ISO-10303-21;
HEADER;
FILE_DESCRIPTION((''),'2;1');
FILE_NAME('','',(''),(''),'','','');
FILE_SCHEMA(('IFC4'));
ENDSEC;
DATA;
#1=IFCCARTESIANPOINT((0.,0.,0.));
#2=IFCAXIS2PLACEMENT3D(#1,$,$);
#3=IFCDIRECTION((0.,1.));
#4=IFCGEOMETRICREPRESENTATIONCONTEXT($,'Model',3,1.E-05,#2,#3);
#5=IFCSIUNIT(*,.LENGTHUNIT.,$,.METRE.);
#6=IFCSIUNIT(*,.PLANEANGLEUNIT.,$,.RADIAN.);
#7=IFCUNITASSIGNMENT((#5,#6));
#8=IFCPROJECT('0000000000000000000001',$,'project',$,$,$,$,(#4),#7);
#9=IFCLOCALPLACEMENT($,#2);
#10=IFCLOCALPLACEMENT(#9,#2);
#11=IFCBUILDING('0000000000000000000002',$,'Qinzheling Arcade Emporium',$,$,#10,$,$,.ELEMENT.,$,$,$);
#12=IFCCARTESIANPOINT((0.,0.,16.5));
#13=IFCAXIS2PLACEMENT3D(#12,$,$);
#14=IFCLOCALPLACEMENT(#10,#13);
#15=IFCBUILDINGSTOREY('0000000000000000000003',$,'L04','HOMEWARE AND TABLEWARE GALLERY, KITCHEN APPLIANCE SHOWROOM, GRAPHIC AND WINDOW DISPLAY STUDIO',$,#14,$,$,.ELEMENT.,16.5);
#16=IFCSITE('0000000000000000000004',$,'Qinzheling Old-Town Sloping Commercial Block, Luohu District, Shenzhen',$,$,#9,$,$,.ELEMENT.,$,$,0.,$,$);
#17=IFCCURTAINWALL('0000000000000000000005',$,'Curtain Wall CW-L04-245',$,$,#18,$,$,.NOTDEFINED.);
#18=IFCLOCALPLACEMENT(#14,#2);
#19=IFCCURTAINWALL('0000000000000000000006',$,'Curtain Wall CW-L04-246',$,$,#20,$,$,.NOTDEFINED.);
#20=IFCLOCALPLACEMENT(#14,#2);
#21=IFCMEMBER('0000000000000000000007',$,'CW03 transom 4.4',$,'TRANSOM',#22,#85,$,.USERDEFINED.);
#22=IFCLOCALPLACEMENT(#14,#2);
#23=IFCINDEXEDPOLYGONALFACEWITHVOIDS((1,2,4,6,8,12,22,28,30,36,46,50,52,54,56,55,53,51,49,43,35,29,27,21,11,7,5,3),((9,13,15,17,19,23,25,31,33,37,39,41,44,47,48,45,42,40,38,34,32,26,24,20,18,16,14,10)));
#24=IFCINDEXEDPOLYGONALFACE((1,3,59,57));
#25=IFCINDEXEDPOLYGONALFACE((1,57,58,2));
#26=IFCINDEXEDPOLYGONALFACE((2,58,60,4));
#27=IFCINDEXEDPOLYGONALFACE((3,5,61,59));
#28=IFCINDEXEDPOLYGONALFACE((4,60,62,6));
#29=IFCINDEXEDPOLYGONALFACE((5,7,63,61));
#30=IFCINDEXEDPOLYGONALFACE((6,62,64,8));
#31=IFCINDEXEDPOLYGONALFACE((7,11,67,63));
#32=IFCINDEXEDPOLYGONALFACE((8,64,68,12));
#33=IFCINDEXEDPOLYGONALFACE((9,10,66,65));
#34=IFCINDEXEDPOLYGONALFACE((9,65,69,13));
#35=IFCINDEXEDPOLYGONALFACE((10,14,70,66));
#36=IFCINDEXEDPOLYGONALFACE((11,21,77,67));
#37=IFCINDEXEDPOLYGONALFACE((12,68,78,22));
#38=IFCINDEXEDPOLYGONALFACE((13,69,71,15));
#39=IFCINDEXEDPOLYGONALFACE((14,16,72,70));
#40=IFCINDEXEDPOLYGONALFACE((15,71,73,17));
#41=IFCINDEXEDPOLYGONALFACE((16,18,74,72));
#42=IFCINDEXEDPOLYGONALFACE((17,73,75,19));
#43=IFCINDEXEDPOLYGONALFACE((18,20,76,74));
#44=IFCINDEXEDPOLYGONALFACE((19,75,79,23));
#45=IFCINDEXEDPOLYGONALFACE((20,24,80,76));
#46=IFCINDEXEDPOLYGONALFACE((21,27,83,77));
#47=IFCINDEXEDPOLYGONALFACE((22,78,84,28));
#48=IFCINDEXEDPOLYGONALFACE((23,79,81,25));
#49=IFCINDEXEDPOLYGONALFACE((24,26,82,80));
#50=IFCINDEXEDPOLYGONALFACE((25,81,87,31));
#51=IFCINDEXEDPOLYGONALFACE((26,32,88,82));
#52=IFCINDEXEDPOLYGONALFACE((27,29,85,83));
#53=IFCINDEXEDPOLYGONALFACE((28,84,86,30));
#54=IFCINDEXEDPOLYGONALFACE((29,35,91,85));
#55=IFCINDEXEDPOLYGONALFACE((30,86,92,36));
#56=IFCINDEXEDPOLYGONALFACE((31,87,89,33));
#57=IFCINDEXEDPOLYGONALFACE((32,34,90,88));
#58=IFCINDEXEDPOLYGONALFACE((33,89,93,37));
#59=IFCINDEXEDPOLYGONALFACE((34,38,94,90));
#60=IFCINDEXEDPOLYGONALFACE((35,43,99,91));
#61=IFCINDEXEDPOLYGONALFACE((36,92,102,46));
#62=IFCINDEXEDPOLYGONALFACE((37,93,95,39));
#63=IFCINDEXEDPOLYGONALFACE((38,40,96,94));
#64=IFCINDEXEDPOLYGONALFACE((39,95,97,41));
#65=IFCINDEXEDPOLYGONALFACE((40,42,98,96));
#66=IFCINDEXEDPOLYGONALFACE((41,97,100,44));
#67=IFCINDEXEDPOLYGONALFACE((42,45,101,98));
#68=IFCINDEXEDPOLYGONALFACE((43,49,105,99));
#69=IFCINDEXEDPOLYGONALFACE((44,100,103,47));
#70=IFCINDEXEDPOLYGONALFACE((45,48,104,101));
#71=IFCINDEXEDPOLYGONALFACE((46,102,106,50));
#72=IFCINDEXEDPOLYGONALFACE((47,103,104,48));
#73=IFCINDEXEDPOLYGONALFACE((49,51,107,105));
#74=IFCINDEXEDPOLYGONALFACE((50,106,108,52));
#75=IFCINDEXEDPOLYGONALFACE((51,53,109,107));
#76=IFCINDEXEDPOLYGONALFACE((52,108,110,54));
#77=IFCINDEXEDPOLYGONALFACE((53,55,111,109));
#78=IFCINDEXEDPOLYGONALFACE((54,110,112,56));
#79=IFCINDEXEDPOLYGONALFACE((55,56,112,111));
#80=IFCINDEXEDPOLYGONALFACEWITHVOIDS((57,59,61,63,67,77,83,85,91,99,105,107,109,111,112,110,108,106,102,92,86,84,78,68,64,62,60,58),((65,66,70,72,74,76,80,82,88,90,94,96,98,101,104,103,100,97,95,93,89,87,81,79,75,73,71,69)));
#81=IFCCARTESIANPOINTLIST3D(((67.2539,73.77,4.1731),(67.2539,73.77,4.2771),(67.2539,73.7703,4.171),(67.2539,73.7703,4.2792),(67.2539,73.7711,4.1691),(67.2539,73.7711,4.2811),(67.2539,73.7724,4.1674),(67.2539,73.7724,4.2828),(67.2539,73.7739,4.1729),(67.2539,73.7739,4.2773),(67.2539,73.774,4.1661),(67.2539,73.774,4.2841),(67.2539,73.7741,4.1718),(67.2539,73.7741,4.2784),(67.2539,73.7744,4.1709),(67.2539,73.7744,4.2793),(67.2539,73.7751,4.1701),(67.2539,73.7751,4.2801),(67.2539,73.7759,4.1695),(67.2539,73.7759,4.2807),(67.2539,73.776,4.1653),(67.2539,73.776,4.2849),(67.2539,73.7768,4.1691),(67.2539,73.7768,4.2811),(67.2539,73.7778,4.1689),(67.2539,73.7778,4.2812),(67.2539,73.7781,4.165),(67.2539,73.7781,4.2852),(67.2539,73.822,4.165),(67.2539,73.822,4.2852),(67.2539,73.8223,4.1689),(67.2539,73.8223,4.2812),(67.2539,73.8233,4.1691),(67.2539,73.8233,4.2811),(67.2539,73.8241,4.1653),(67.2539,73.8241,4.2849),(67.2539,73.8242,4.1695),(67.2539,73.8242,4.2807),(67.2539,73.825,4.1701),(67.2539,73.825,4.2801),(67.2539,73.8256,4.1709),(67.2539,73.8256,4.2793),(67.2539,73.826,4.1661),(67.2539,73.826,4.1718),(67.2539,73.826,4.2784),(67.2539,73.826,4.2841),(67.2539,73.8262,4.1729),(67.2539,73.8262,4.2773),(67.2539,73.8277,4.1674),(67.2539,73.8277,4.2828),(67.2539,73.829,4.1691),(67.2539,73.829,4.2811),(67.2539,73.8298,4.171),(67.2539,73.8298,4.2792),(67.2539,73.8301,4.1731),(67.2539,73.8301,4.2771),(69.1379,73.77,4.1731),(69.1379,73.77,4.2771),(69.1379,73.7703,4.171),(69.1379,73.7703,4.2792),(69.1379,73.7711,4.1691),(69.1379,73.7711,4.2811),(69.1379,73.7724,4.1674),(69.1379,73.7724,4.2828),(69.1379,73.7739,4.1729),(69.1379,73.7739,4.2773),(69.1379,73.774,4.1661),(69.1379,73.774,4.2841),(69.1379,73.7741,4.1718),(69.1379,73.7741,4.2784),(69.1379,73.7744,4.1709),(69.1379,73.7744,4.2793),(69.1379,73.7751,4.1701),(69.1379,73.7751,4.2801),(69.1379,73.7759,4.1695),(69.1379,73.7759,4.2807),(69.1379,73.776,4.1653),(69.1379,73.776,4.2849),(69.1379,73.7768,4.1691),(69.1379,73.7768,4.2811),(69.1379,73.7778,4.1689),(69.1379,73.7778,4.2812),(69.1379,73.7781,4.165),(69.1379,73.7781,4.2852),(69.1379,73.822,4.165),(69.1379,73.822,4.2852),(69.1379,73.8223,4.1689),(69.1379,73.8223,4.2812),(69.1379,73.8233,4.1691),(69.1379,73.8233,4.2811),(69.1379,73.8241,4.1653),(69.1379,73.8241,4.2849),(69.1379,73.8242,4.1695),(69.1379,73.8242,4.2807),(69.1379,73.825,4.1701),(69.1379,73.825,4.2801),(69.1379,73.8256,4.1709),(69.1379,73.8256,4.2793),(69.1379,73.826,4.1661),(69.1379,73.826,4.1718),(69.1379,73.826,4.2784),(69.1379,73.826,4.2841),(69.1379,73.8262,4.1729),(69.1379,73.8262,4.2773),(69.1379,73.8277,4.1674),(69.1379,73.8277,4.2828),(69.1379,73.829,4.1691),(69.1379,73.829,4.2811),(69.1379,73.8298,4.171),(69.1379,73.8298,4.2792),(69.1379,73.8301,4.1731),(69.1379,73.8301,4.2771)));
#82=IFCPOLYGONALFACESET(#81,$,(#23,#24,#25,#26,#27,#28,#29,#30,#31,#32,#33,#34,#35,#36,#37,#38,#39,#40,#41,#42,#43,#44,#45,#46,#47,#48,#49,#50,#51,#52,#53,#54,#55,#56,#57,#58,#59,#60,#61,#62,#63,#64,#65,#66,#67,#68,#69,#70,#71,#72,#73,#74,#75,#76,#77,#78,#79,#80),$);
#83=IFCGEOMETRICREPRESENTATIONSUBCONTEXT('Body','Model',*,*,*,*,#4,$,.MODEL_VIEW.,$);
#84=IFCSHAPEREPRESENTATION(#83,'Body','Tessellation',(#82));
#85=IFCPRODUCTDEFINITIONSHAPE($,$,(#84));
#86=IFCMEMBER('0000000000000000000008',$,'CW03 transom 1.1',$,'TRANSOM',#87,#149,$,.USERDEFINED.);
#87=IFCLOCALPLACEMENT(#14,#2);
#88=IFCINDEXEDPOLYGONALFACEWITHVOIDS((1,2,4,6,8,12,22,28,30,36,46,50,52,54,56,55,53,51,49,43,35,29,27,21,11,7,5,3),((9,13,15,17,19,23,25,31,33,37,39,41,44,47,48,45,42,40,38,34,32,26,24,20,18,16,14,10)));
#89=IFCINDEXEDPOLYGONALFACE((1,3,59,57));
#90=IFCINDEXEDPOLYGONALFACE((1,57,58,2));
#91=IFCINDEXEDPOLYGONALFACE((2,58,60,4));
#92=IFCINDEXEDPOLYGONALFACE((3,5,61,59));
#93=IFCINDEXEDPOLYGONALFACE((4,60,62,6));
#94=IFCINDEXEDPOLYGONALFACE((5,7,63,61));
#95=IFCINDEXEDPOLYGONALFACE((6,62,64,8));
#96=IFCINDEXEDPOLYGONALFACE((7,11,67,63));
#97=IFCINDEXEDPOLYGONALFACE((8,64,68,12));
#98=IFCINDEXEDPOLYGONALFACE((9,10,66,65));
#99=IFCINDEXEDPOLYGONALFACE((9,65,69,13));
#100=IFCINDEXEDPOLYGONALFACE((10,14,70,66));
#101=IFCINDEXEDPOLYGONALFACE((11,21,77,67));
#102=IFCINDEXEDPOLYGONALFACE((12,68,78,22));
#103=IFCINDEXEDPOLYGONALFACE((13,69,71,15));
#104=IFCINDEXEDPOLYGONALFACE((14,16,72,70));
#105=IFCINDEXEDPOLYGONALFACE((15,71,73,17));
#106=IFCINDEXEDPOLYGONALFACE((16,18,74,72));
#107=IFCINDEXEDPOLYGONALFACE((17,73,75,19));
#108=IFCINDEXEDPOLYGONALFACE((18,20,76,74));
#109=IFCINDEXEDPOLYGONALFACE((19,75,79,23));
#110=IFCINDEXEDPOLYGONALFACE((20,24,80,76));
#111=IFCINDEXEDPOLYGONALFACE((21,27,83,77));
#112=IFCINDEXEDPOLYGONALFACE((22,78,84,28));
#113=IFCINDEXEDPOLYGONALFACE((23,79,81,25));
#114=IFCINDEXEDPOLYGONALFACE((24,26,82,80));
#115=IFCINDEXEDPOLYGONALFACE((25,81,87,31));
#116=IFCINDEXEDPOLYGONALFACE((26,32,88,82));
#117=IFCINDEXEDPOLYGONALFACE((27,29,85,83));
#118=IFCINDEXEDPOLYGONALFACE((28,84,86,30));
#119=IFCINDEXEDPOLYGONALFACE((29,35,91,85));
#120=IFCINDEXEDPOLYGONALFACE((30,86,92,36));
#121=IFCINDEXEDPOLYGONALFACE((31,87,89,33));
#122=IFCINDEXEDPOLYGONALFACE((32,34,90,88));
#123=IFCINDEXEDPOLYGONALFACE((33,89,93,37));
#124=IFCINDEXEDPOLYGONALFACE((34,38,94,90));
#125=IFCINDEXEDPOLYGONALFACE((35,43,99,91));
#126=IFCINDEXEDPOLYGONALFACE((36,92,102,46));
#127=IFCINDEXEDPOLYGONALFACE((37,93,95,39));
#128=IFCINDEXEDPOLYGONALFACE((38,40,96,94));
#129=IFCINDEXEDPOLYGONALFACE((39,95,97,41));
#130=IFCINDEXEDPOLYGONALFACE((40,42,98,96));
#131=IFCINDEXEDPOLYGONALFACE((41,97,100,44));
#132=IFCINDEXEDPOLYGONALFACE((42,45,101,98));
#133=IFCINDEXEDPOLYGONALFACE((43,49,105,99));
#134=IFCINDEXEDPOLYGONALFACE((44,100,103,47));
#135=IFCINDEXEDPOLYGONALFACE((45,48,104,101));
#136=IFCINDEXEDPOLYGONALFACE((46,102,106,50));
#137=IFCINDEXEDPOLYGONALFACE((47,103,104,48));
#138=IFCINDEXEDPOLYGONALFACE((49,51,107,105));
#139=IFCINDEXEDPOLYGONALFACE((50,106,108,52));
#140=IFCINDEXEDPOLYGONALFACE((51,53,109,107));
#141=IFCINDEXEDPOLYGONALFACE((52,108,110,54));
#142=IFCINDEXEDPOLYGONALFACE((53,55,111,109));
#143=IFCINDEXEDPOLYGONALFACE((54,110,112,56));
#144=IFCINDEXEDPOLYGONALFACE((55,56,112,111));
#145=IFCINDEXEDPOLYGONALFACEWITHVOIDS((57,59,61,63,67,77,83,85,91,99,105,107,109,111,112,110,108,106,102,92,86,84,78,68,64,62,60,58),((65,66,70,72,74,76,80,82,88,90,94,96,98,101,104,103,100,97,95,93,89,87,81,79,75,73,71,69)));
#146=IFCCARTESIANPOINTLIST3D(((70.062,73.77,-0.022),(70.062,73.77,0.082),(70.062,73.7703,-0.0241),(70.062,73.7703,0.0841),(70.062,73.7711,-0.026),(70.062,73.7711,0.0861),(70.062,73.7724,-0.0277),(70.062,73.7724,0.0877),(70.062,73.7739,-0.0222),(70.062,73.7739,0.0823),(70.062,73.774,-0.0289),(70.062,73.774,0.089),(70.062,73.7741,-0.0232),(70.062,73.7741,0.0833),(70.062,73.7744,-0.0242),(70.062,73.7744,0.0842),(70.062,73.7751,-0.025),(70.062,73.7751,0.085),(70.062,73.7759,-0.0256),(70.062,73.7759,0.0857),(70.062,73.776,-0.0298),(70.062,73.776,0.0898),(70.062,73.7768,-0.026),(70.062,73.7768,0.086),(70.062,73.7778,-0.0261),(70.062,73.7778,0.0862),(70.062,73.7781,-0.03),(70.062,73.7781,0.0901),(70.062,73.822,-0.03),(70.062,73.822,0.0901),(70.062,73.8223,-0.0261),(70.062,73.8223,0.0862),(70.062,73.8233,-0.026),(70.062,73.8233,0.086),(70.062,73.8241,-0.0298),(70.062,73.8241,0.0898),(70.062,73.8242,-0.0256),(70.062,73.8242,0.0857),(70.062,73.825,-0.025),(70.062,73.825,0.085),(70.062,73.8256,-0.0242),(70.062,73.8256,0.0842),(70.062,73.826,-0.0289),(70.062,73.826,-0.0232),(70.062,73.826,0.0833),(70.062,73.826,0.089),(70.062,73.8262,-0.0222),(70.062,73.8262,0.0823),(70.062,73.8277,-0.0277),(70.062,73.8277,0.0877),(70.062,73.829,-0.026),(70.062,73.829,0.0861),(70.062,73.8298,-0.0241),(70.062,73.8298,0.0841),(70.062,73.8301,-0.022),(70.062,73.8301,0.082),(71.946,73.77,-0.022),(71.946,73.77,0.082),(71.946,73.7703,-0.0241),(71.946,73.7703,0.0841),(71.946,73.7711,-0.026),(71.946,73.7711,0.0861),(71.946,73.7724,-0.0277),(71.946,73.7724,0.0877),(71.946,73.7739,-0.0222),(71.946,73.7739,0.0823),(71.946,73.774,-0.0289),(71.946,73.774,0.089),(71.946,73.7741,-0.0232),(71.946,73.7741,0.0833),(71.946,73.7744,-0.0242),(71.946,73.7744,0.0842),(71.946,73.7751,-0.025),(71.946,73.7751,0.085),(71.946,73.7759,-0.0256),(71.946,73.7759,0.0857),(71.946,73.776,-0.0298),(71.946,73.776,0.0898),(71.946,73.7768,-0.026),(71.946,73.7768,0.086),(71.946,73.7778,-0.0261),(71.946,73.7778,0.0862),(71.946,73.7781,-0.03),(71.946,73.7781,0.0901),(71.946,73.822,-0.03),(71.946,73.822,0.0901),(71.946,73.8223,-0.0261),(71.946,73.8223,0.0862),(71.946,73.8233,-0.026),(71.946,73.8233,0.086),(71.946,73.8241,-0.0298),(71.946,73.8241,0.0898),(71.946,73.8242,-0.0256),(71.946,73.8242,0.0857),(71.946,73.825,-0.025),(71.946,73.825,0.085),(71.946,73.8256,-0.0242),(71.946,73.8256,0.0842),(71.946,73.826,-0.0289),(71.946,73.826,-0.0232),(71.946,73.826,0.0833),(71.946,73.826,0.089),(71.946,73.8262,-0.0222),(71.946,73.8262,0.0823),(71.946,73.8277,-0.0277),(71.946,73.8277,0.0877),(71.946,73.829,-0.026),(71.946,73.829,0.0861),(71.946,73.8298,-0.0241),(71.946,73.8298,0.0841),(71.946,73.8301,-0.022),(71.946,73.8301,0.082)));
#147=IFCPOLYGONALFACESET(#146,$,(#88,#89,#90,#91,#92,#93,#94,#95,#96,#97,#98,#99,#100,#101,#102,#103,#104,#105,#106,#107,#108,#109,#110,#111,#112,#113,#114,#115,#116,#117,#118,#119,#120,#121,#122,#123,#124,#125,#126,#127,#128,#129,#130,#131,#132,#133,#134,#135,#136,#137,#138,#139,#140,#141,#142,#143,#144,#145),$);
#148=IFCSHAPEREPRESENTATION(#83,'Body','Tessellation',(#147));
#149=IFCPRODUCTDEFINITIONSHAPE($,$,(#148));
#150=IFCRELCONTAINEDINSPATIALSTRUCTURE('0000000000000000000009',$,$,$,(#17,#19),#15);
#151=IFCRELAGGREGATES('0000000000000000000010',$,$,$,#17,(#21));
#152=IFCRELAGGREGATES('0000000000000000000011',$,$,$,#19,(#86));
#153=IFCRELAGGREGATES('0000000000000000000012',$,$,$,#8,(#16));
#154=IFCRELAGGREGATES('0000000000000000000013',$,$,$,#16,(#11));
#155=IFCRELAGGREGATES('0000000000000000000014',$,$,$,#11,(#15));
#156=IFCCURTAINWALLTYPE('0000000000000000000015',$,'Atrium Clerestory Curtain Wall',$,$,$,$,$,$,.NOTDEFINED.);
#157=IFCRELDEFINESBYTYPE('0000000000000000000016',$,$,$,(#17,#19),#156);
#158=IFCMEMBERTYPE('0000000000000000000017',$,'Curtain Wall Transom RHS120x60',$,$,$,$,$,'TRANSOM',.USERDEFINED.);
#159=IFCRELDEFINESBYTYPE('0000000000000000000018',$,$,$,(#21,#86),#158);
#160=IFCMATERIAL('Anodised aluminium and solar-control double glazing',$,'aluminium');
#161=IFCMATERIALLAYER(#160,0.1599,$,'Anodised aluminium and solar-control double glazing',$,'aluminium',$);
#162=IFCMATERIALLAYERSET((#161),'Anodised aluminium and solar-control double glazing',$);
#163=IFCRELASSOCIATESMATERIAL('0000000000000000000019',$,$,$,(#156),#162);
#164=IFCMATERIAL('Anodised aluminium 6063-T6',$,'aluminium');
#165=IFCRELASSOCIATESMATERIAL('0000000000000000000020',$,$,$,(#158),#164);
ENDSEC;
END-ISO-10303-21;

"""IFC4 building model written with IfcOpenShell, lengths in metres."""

from ifc_helpers import new_model, si_unit, direction, frame, origin, origin_2d, place, context, subcontext, project, spatial, hollow_rectangle, extrude, material, layer, layer_set, material_profile, profile_set, type_object, element, aggregate, save


model = new_model("IFC4")

# Units and contexts
model_context = context("Model", 3, precision=1e-05, world=origin(), true_north=direction((0.0, 1.0)))
body_context = subcontext(model_context, "Body", "Model", "MODEL_VIEW")
ifc_project = project(units=[si_unit("LENGTHUNIT", "METRE"), si_unit("PLANEANGLEUNIT", "RADIAN")], contexts=[model_context])

# Site, building, storey
site_placement = place(None, origin())
site = spatial("IfcSite", under=ifc_project, at=site_placement, Name="Qinzheling Old-Town Sloping Commercial Block, Luohu District, Shenzhen", CompositionType="ELEMENT", RefElevation=0.0)
building_placement = place(site_placement, origin())
building = spatial("IfcBuilding", under=site, at=building_placement, Name="Qinzheling Arcade Emporium", CompositionType="ELEMENT")
storey_placement = place(building_placement, frame((0.0, 0.0, 16.5)))
storey = spatial("IfcBuildingStorey", under=building, at=storey_placement, Name="L04", Description="HOMEWARE AND TABLEWARE GALLERY, KITCHEN APPLIANCE SHOWROOM, GRAPHIC AND WINDOW DISPLAY STUDIO", CompositionType="ELEMENT", Elevation=16.5)

# Curtain walls
ifc_material_1 = material(Name="Anodised aluminium and solar-control double glazing", Category="aluminium")
ifc_layer_1 = layer(ifc_material_1, 0.1599, Name="Anodised aluminium and solar-control double glazing", Category="aluminium")
ifc_layer_set_1 = layer_set([ifc_layer_1], Name="Anodised aluminium and solar-control double glazing")
curtain_wall_type = type_object("IfcCurtainWallType", Name="Atrium Clerestory Curtain Wall", PredefinedType="NOTDEFINED", material=ifc_layer_set_1)
curtain_wall_1_placement = place(storey_placement, origin())
curtain_wall_1 = element("IfcCurtainWall", 1, at=curtain_wall_1_placement, inside=storey, type_object=curtain_wall_type, Name="Curtain Wall CW-L04-245", PredefinedType="NOTDEFINED")
ifc_material_2 = material(Name="Anodised aluminium 6063-T6", Category="aluminium")
curtain_wall_2_placement = place(storey_placement, origin())
curtain_wall_2 = element("IfcCurtainWall", 2, at=curtain_wall_2_placement, inside=storey, type_object=curtain_wall_type, Name="Curtain Wall CW-L04-246", PredefinedType="NOTDEFINED")

# Members
ifc_material_profile_1 = material_profile(ifc_material_2, hollow_rectangle(XDim=0.0601, YDim=0.1201, WallThickness=0.0039, InnerFilletRadius=0.0039, OuterFilletRadius=0.0081, at=origin_2d()), Name="RHS 120x60x4", Category="aluminium")
ifc_profile_set_1 = profile_set([ifc_material_profile_1], Name="Anodised aluminium 6063-T6")
member_type_1 = type_object("IfcMemberType", Name="Curtain Wall Transom RHS120x60", ElementType="TRANSOM", PredefinedType="USERDEFINED", material=ifc_profile_set_1)
member_1_placement = place(storey_placement, frame((67.2539, 73.8, 4.2251), z_axis=(1.0, 0.0, 0.0), x_axis=(0.0, 1.0, 0.0)))
member_1 = element("IfcMember", 3, at=member_1_placement, type_object=member_type_1, Name="CW03 transom 4.4", ObjectType="TRANSOM", PredefinedType="USERDEFINED", context=body_context, shape_type="SweptSolid", body=[
    extrude(hollow_rectangle(XDim=0.0601, YDim=0.1201, WallThickness=0.0039, InnerFilletRadius=0.0039, OuterFilletRadius=0.0081, at=origin_2d()), origin(), (0.0, 0.0, 1.0), 1.884),
])
member_2_placement = place(storey_placement, frame((70.062, 73.8, 0.03), z_axis=(1.0, 0.0, 0.0), x_axis=(0.0, 1.0, 0.0)))
member_2 = element("IfcMember", 4, at=member_2_placement, type_object=member_type_1, Name="CW03 transom 1.1", ObjectType="TRANSOM", PredefinedType="USERDEFINED", context=body_context, shape_type="SweptSolid", body=[
    extrude(hollow_rectangle(XDim=0.0601, YDim=0.1201, WallThickness=0.0039, InnerFilletRadius=0.0039, OuterFilletRadius=0.0081, at=origin_2d()), origin(), (0.0, 0.0, 1.0), 1.884),
])

aggregate(curtain_wall_1, [member_1])
aggregate(curtain_wall_2, [member_2])

save(model, "model.ifc")
